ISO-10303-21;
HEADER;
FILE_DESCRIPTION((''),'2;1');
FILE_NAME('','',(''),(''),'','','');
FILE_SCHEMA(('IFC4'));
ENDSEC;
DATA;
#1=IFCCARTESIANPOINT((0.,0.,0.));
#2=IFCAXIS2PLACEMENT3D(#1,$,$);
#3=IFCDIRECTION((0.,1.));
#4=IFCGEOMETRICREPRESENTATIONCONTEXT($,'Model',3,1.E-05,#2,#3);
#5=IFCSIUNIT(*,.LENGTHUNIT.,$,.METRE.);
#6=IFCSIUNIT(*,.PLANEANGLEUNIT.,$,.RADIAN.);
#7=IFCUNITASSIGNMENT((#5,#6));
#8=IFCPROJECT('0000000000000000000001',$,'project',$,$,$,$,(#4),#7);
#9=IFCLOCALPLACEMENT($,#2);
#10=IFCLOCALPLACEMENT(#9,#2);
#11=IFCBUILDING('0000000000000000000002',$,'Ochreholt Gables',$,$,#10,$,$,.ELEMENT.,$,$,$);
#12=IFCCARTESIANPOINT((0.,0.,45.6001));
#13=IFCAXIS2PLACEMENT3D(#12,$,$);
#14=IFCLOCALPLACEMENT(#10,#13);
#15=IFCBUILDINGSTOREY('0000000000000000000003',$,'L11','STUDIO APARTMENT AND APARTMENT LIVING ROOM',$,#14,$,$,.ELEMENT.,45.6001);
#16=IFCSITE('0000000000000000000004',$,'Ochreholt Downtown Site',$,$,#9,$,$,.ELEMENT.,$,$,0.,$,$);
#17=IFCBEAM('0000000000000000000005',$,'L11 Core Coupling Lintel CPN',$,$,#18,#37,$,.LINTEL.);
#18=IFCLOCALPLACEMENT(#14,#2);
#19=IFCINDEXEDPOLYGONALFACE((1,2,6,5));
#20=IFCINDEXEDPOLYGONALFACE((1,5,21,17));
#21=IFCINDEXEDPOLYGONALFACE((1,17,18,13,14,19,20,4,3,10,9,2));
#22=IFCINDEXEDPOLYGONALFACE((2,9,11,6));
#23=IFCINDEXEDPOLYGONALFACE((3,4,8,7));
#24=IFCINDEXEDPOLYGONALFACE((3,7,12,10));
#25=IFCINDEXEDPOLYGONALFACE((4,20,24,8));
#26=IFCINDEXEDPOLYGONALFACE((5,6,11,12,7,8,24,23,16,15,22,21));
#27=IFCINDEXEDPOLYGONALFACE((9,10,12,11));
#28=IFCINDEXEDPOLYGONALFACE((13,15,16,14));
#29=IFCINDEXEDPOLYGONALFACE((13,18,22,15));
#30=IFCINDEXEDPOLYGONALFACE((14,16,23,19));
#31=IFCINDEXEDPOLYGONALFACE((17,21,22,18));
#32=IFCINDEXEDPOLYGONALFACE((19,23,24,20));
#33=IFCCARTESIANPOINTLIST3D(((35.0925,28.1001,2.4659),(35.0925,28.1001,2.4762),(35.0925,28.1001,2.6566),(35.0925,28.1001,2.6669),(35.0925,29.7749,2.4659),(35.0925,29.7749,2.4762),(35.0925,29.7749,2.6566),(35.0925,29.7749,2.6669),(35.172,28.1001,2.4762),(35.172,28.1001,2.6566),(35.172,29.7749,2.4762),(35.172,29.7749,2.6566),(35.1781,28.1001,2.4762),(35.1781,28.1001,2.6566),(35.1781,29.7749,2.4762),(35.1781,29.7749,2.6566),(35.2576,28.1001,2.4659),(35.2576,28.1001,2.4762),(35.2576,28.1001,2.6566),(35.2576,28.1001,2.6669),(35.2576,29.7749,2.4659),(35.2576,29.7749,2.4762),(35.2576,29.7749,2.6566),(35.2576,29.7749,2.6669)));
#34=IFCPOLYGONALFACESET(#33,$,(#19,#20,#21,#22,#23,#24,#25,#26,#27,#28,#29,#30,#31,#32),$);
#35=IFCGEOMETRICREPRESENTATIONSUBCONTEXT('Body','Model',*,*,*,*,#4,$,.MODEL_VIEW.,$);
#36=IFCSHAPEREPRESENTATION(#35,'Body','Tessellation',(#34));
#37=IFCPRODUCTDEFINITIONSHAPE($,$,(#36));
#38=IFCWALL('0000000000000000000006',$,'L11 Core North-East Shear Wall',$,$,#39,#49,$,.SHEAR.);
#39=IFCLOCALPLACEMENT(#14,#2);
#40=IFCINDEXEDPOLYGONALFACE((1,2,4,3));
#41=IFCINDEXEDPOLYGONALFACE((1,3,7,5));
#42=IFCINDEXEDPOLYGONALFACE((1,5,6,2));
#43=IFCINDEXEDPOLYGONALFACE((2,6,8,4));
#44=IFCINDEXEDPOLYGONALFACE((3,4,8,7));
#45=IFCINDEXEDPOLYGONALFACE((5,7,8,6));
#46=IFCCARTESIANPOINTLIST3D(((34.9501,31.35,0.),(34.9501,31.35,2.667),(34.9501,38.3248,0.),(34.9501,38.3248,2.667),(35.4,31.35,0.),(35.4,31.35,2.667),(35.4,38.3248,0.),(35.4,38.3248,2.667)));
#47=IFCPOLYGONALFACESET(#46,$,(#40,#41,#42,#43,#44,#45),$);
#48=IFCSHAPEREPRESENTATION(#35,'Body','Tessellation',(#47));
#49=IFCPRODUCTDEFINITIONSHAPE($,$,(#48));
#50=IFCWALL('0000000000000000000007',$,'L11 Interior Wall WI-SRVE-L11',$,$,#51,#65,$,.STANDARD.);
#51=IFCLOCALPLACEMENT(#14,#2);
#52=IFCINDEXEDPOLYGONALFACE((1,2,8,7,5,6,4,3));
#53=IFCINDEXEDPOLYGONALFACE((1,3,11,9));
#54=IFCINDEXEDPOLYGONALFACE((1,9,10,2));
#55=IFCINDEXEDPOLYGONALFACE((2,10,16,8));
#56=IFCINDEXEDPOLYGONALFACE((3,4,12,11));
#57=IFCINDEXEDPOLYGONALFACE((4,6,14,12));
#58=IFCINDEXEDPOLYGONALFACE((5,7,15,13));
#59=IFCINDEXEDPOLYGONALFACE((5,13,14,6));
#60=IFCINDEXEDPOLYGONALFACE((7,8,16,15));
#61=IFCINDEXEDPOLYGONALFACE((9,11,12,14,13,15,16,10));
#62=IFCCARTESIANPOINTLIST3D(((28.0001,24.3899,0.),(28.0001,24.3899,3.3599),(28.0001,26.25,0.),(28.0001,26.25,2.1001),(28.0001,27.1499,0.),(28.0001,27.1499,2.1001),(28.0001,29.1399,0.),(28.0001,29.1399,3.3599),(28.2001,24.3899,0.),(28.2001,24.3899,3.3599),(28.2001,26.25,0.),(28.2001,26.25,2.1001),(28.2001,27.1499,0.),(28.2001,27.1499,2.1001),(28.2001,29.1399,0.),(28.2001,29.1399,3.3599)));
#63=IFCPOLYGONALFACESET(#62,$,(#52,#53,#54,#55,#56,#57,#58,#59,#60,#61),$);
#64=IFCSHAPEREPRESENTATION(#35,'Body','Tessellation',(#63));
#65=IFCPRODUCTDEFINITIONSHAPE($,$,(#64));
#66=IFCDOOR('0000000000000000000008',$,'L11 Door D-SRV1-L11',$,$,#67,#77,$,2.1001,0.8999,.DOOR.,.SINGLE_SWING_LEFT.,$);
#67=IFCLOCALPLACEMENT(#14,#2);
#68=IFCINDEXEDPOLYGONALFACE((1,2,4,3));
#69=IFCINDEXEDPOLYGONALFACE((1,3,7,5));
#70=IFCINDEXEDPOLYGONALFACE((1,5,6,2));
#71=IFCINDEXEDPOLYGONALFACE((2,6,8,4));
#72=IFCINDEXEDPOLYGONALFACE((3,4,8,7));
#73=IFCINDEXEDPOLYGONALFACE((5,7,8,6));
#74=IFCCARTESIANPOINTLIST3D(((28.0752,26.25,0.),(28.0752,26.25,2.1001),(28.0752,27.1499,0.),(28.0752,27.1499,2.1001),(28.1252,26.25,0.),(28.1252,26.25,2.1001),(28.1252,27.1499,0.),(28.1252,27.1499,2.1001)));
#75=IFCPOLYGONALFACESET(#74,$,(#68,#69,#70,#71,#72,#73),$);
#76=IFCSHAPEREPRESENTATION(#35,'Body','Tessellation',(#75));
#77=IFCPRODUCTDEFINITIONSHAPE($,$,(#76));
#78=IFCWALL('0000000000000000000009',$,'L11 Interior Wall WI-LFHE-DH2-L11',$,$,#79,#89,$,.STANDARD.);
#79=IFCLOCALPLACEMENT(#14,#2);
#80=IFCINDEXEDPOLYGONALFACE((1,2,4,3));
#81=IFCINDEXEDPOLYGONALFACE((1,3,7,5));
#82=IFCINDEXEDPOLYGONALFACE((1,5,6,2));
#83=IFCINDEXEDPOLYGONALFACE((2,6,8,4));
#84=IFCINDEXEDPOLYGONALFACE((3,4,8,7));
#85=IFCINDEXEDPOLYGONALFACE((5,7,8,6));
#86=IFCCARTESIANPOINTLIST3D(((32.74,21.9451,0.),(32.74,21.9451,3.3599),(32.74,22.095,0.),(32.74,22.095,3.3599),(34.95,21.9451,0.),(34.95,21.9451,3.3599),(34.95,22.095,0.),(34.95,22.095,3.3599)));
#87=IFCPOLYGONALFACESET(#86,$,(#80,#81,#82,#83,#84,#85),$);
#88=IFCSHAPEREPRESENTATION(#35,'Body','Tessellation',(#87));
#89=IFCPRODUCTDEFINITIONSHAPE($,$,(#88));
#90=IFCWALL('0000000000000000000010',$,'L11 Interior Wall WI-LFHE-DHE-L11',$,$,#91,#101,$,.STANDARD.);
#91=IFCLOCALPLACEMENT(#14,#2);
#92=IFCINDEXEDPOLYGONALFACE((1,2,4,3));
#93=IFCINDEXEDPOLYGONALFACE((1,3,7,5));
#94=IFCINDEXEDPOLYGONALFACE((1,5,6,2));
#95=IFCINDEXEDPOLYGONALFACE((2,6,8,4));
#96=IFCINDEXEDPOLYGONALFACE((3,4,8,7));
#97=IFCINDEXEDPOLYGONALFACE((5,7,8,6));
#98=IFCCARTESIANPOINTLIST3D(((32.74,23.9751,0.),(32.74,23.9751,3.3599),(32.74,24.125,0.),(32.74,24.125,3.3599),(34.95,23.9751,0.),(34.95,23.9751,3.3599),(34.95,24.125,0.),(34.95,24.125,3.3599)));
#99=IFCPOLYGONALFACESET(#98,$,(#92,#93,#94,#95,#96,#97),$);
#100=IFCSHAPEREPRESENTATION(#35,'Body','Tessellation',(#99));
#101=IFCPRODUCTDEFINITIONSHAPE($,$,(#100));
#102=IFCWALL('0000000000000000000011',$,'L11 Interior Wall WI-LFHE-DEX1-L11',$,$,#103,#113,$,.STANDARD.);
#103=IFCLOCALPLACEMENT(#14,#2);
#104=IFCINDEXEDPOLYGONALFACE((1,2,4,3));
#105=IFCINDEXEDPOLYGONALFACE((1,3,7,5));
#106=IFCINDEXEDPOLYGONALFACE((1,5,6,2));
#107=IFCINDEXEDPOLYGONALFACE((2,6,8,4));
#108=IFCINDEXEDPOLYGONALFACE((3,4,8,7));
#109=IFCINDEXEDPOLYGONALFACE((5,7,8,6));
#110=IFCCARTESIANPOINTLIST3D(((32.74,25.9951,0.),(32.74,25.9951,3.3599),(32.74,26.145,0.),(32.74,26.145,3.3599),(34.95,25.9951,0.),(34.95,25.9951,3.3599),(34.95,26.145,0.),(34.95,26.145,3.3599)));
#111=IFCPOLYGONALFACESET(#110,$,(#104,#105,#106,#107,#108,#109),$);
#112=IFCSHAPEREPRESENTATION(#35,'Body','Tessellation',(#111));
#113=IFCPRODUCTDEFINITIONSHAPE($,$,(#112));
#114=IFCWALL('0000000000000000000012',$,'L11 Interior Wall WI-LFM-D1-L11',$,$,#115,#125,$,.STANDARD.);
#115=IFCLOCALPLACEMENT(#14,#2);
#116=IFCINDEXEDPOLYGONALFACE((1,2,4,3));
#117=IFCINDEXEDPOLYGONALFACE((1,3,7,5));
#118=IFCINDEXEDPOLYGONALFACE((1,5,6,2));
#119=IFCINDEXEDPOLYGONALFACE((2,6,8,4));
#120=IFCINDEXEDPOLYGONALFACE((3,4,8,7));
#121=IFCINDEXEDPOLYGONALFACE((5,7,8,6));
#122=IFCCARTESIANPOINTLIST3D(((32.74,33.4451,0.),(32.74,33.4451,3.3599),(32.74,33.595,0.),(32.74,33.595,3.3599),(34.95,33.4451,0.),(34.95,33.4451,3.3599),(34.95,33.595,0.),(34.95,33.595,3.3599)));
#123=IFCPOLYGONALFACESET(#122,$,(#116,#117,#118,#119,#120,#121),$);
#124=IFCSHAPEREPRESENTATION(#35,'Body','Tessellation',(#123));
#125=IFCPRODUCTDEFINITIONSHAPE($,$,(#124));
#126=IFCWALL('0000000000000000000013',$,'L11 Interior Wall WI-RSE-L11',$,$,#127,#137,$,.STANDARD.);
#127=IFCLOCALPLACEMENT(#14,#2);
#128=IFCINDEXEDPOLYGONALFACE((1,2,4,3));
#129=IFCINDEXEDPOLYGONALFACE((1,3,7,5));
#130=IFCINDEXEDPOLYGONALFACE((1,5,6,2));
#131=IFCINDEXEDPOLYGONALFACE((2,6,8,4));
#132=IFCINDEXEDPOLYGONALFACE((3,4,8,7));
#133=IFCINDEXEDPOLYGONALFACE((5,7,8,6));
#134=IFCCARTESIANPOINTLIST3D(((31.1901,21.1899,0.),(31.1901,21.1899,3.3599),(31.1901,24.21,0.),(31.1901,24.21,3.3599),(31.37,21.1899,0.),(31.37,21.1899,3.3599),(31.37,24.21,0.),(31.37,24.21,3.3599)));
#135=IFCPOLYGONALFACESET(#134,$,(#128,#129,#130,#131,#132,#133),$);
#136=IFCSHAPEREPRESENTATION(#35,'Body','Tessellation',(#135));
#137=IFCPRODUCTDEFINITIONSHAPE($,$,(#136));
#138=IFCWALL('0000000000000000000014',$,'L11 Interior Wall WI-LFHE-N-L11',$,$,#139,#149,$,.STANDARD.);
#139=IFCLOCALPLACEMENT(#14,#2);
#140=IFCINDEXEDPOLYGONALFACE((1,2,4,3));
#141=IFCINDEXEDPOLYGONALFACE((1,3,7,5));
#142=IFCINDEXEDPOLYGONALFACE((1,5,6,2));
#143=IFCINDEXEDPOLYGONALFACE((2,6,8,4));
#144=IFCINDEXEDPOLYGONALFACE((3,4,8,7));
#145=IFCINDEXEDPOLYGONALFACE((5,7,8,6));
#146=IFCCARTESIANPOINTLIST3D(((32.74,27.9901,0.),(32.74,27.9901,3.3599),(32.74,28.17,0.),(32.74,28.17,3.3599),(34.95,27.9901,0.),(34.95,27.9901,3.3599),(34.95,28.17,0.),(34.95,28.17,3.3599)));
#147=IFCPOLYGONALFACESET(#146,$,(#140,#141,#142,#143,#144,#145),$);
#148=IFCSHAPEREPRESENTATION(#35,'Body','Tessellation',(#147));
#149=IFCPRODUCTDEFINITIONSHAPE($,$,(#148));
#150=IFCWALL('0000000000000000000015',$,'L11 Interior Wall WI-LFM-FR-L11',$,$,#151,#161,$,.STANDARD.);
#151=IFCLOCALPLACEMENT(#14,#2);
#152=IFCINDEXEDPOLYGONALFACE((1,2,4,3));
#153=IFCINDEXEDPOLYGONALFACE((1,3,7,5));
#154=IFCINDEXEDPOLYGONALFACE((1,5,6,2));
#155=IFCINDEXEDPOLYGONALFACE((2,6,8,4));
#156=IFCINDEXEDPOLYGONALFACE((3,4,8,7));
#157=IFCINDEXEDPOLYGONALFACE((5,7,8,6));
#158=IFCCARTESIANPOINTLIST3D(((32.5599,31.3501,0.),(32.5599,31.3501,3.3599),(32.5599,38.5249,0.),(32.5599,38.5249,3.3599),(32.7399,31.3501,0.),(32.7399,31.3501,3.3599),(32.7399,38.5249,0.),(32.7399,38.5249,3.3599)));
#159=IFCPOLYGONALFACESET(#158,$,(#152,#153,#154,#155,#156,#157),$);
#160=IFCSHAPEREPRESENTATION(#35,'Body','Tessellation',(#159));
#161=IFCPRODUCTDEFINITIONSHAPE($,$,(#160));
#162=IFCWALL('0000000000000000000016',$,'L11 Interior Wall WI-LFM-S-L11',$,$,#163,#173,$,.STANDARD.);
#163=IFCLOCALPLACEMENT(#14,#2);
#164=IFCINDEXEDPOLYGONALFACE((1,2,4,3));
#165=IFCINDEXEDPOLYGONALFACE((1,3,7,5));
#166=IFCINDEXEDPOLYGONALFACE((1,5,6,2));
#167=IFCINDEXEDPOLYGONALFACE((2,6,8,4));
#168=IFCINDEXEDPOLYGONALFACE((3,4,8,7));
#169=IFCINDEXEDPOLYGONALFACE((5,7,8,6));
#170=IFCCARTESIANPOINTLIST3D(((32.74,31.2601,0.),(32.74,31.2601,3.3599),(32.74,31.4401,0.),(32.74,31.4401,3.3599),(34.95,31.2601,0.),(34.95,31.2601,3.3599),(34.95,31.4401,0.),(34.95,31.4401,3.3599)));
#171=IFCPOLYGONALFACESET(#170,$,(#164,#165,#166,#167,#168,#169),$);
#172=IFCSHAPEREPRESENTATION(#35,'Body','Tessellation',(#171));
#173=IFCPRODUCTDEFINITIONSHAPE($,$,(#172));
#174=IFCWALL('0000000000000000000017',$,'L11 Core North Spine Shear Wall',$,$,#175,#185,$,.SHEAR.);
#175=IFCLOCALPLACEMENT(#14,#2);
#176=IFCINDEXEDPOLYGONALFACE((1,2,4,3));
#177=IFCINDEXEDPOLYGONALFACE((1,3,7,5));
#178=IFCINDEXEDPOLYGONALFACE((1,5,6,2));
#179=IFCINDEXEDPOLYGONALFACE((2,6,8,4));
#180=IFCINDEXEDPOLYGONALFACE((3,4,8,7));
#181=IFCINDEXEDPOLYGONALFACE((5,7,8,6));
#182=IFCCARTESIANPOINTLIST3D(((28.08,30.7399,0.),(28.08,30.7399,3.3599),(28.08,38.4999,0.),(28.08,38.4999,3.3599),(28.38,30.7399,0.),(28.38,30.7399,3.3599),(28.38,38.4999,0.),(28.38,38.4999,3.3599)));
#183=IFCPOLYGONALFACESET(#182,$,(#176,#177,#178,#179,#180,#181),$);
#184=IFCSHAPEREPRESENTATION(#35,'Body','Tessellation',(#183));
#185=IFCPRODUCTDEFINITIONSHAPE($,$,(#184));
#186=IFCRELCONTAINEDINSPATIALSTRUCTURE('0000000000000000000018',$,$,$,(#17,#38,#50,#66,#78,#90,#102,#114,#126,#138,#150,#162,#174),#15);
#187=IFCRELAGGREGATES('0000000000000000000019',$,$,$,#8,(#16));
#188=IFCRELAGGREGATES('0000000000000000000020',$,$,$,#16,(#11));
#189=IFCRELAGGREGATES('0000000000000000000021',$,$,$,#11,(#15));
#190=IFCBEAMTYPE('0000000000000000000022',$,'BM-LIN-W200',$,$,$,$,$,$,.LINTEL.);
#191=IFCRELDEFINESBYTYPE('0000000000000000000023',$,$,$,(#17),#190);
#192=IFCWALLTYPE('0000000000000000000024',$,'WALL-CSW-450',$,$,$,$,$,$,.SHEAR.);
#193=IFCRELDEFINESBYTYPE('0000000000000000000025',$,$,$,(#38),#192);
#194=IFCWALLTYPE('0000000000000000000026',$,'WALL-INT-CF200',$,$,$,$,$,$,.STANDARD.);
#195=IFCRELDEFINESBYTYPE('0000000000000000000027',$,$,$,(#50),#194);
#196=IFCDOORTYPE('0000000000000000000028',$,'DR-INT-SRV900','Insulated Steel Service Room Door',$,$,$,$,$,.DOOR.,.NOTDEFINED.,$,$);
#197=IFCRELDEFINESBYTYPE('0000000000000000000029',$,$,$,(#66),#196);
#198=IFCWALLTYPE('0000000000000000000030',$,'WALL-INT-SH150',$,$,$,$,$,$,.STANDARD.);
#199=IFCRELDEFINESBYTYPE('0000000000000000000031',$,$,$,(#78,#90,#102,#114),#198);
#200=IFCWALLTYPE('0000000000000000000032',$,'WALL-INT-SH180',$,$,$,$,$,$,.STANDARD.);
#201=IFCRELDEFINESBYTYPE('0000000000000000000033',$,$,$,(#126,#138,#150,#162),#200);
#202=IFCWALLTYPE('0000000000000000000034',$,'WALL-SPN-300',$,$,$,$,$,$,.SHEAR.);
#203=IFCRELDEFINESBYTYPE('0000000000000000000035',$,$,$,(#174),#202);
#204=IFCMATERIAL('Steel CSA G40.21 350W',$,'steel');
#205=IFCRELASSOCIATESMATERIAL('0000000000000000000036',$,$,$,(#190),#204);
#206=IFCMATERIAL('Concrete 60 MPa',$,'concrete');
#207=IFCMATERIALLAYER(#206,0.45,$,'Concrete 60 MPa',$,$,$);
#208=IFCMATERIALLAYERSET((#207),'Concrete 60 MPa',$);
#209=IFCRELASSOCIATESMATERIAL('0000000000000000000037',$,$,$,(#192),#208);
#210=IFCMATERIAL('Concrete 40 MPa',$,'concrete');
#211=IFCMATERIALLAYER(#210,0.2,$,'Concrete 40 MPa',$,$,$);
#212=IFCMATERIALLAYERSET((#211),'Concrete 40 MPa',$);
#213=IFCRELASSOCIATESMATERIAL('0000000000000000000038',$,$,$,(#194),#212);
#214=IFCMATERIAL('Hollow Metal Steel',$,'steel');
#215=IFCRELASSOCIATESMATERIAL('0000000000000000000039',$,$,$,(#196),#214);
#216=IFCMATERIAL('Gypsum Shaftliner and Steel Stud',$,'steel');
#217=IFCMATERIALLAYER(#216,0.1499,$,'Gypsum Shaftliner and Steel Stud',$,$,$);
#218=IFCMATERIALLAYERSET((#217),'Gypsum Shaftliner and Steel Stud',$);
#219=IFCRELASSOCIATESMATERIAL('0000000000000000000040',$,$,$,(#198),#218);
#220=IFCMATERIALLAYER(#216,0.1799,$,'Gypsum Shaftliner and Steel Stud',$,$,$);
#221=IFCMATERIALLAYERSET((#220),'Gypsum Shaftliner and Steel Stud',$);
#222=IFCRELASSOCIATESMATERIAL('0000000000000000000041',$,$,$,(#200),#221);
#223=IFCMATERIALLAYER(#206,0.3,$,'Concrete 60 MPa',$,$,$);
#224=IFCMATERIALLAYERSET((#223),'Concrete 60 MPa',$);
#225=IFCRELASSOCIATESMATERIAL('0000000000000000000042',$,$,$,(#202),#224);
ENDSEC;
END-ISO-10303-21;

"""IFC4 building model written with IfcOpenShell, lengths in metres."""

from ifc_helpers import new_model, si_unit, direction, frame, frame_2d, origin, origin_2d, place, context, subcontext, project, spatial, rectangle, i_section, extrude, material, layer, layer_set, material_profile, profile_set, type_object, element, fill, save


model = new_model("IFC4")

# Units and contexts
model_context = context("Model", 3, precision=1e-05, world=origin(), true_north=direction((0.0, 1.0)))
body_context = subcontext(model_context, "Body", "Model", "MODEL_VIEW")
ifc_project = project(units=[si_unit("LENGTHUNIT", "METRE"), si_unit("PLANEANGLEUNIT", "RADIAN")], contexts=[model_context])

# Site, building, storey
site_placement = place(None, origin())
site = spatial("IfcSite", under=ifc_project, at=site_placement, Name="Ochreholt Downtown Site", CompositionType="ELEMENT", RefElevation=0.0)
building_placement = place(site_placement, origin())
building = spatial("IfcBuilding", under=site, at=building_placement, Name="Ochreholt Gables", CompositionType="ELEMENT")
storey_placement = place(building_placement, frame((0.0, 0.0, 45.6001)))
storey = spatial("IfcBuildingStorey", under=building, at=storey_placement, Name="L11", Description="STUDIO APARTMENT AND APARTMENT LIVING ROOM", CompositionType="ELEMENT", Elevation=45.6001)

# Beam
ifc_material_1 = material(Name="Steel CSA G40.21 350W", Category="steel")
ifc_material_profile = material_profile(ifc_material_1, i_section(OverallWidth=0.165, OverallDepth=0.2009, WebThickness=0.0061, FlangeThickness=0.0103, at=origin_2d()), Name="W200X36")
ifc_profile_set = profile_set([ifc_material_profile], Name="Steel CSA G40.21 350W")
beam_type = type_object("IfcBeamType", Name="BM-LIN-W200", PredefinedType="LINTEL", material=ifc_profile_set)
beam_placement = place(storey_placement, frame((35.175, 28.1001, 2.5664), z_axis=(0.0, 1.0, 0.0), x_axis=(-1.0, 0.0, 0.0)))
element("IfcBeam", 1, at=beam_placement, inside=storey, type_object=beam_type, Name="L11 Core Coupling Lintel CPN", PredefinedType="LINTEL", context=body_context, shape_type="SweptSolid", body=[
    extrude(i_section(OverallWidth=0.165, OverallDepth=0.2009, WebThickness=0.0061, FlangeThickness=0.0103, at=origin_2d()), origin(), (0.0, 0.0, 1.0), 1.6748),
])

# Wall
ifc_material_2 = material(Name="Concrete 60 MPa", Category="concrete")
ifc_layer_1 = layer(ifc_material_2, 0.45, Name="Concrete 60 MPa")
ifc_layer_set_1 = layer_set([ifc_layer_1], Name="Concrete 60 MPa")
wall_type_1 = type_object("IfcWallType", Name="WALL-CSW-450", PredefinedType="SHEAR", material=ifc_layer_set_1)
wall_1_placement = place(storey_placement, frame((35.175, 31.3501, 0.0), z_axis=(0.0, 0.0, 1.0), x_axis=(0.0, 1.0, 0.0)))
element("IfcWall", 2, at=wall_1_placement, inside=storey, type_object=wall_type_1, Name="L11 Core North-East Shear Wall", PredefinedType="SHEAR", context=body_context, shape_type="SweptSolid", body=[
    extrude(rectangle(XDim=6.9749, YDim=0.45, at=frame_2d((3.4873, 0.0))), origin(), (0.0, 0.0, 1.0), 2.667),
])

# Wall, opening, door
ifc_material_3 = material(Name="Concrete 40 MPa", Category="concrete")
ifc_layer_2 = layer(ifc_material_3, 0.2, Name="Concrete 40 MPa")
ifc_layer_set_2 = layer_set([ifc_layer_2], Name="Concrete 40 MPa")
wall_type_2 = type_object("IfcWallType", Name="WALL-INT-CF200", PredefinedType="STANDARD", material=ifc_layer_set_2)
wall_2_placement = place(storey_placement, frame((28.1001, 24.3899, 0.0), z_axis=(0.0, 0.0, 1.0), x_axis=(0.0, 1.0, 0.0)))
wall_2 = element("IfcWall", 3, at=wall_2_placement, inside=storey, type_object=wall_type_2, Name="L11 Interior Wall WI-SRVE-L11", PredefinedType="STANDARD", context=body_context, shape_type="SweptSolid", body=[
    extrude(rectangle(XDim=4.75, YDim=0.2, at=frame_2d((2.375, 0.0))), origin(), (0.0, 0.0, 1.0), 3.3599),
])
opening_placement = place(wall_2_placement, frame((1.8601, 0.0, 0.0)))
opening = element("IfcOpeningElement", 4, at=opening_placement, cuts=wall_2, PredefinedType="OPENING", context=body_context, shape_type="SweptSolid", body=[
    extrude(rectangle(XDim=0.8999, YDim=2.1001, at=frame_2d((0.45, 1.05))), frame((0.0, 0.1099, 0.0), z_axis=(0.0, -1.0, 0.0), x_axis=(1.0, 0.0, 0.0)), (0.0, 0.0, 1.0), 0.22),
])
ifc_material_4 = material(Name="Hollow Metal Steel", Category="steel")
door_type = type_object("IfcDoorType", Name="DR-INT-SRV900", Description="Insulated Steel Service Room Door", OperationType="NOTDEFINED", PredefinedType="DOOR", material=ifc_material_4)
door_placement = place(opening_placement, origin())
door = element("IfcDoor", 5, at=door_placement, inside=storey, type_object=door_type, Name="L11 Door D-SRV1-L11", OperationType="SINGLE_SWING_LEFT", OverallHeight=2.1001, OverallWidth=0.8999, PredefinedType="DOOR", context=body_context, shape_type="SweptSolid", body=[
    extrude(rectangle(XDim=0.8999, YDim=2.1001, at=frame_2d((0.45, 1.05))), frame((0.0, 0.0249, 0.0), z_axis=(0.0, -1.0, 0.0), x_axis=(1.0, 0.0, 0.0)), (0.0, 0.0, 1.0), 0.05),
])
fill(opening, door)

# Walls
ifc_material_5 = material(Name="Gypsum Shaftliner and Steel Stud", Category="steel")
ifc_layer_3 = layer(ifc_material_5, 0.1499, Name="Gypsum Shaftliner and Steel Stud")
ifc_layer_set_3 = layer_set([ifc_layer_3], Name="Gypsum Shaftliner and Steel Stud")
wall_type_3 = type_object("IfcWallType", Name="WALL-INT-SH150", PredefinedType="STANDARD", material=ifc_layer_set_3)
for number, where, z_axis, x_axis, name in (
    (6, (32.74, 22.02, 0.0), (0.0, 0.0, 1.0), (1.0, 0.0, 0.0), "L11 Interior Wall WI-LFHE-DH2-L11"),
    (7, (32.74, 24.05, 0.0), (0.0, 0.0, 1.0), (1.0, 0.0, 0.0), "L11 Interior Wall WI-LFHE-DHE-L11"),
    (8, (32.74, 26.0701, 0.0), (0.0, 0.0, 1.0), (1.0, 0.0, 0.0), "L11 Interior Wall WI-LFHE-DEX1-L11"),
    (9, (32.74, 33.52, 0.0), (0.0, 0.0, 1.0), (1.0, 0.0, 0.0), "L11 Interior Wall WI-LFM-D1-L11"),
):
    element("IfcWall", number, at=place(storey_placement, frame(where, z_axis=z_axis, x_axis=x_axis)), inside=storey, type_object=wall_type_3, Name=name, PredefinedType="STANDARD", context=body_context, shape_type="SweptSolid", body=[
        extrude(rectangle(XDim=2.21, YDim=0.1499, at=frame_2d((1.105, 0.0))), origin(), (0.0, 0.0, 1.0), 3.3599),
    ])
ifc_layer_4 = layer(ifc_material_5, 0.1799, Name="Gypsum Shaftliner and Steel Stud")
ifc_layer_set_4 = layer_set([ifc_layer_4], Name="Gypsum Shaftliner and Steel Stud")
wall_type_4 = type_object("IfcWallType", Name="WALL-INT-SH180", PredefinedType="STANDARD", material=ifc_layer_set_4)
wall_3_placement = place(storey_placement, frame((31.28, 21.1899, 0.0), z_axis=(0.0, 0.0, 1.0), x_axis=(0.0, 1.0, 0.0)))
element("IfcWall", 10, at=wall_3_placement, inside=storey, type_object=wall_type_4, Name="L11 Interior Wall WI-RSE-L11", PredefinedType="STANDARD", context=body_context, shape_type="SweptSolid", body=[
    extrude(rectangle(XDim=3.02, YDim=0.1799, at=frame_2d((1.51, 0.0))), origin(), (0.0, 0.0, 1.0), 3.3599),
])
wall_4_placement = place(storey_placement, frame((32.74, 28.0801, 0.0), z_axis=(0.0, 0.0, 1.0), x_axis=(1.0, 0.0, 0.0)))
element("IfcWall", 11, at=wall_4_placement, inside=storey, type_object=wall_type_4, Name="L11 Interior Wall WI-LFHE-N-L11", PredefinedType="STANDARD", context=body_context, shape_type="SweptSolid", body=[
    extrude(rectangle(XDim=2.21, YDim=0.1799, at=frame_2d((1.105, 0.0))), origin(), (0.0, 0.0, 1.0), 3.3599),
])
wall_5_placement = place(storey_placement, frame((32.6499, 31.3501, 0.0), z_axis=(0.0, 0.0, 1.0), x_axis=(0.0, 1.0, 0.0)))
element("IfcWall", 12, at=wall_5_placement, inside=storey, type_object=wall_type_4, Name="L11 Interior Wall WI-LFM-FR-L11", PredefinedType="STANDARD", context=body_context, shape_type="SweptSolid", body=[
    extrude(rectangle(XDim=7.1748, YDim=0.1799, at=frame_2d((3.5874, 0.0))), origin(), (0.0, 0.0, 1.0), 3.3599),
])
wall_6_placement = place(storey_placement, frame((32.74, 31.3501, 0.0), z_axis=(0.0, 0.0, 1.0), x_axis=(1.0, 0.0, 0.0)))
element("IfcWall", 13, at=wall_6_placement, inside=storey, type_object=wall_type_4, Name="L11 Interior Wall WI-LFM-S-L11", PredefinedType="STANDARD", context=body_context, shape_type="SweptSolid", body=[
    extrude(rectangle(XDim=2.21, YDim=0.1799, at=frame_2d((1.105, 0.0))), origin(), (0.0, 0.0, 1.0), 3.3599),
])
ifc_layer_5 = layer(ifc_material_2, 0.3, Name="Concrete 60 MPa")
ifc_layer_set_5 = layer_set([ifc_layer_5], Name="Concrete 60 MPa")
wall_type_5 = type_object("IfcWallType", Name="WALL-SPN-300", PredefinedType="SHEAR", material=ifc_layer_set_5)
wall_7_placement = place(storey_placement, frame((28.23, 30.74, 0.0), z_axis=(0.0, 0.0, 1.0), x_axis=(0.0, 1.0, 0.0)))
element("IfcWall", 14, at=wall_7_placement, inside=storey, type_object=wall_type_5, Name="L11 Core North Spine Shear Wall", PredefinedType="SHEAR", context=body_context, shape_type="SweptSolid", body=[
    extrude(rectangle(XDim=7.76, YDim=0.3, at=frame_2d((3.8799, 0.0))), origin(), (0.0, 0.0, 1.0), 3.3599),
])

save(model, "model.ifc")
